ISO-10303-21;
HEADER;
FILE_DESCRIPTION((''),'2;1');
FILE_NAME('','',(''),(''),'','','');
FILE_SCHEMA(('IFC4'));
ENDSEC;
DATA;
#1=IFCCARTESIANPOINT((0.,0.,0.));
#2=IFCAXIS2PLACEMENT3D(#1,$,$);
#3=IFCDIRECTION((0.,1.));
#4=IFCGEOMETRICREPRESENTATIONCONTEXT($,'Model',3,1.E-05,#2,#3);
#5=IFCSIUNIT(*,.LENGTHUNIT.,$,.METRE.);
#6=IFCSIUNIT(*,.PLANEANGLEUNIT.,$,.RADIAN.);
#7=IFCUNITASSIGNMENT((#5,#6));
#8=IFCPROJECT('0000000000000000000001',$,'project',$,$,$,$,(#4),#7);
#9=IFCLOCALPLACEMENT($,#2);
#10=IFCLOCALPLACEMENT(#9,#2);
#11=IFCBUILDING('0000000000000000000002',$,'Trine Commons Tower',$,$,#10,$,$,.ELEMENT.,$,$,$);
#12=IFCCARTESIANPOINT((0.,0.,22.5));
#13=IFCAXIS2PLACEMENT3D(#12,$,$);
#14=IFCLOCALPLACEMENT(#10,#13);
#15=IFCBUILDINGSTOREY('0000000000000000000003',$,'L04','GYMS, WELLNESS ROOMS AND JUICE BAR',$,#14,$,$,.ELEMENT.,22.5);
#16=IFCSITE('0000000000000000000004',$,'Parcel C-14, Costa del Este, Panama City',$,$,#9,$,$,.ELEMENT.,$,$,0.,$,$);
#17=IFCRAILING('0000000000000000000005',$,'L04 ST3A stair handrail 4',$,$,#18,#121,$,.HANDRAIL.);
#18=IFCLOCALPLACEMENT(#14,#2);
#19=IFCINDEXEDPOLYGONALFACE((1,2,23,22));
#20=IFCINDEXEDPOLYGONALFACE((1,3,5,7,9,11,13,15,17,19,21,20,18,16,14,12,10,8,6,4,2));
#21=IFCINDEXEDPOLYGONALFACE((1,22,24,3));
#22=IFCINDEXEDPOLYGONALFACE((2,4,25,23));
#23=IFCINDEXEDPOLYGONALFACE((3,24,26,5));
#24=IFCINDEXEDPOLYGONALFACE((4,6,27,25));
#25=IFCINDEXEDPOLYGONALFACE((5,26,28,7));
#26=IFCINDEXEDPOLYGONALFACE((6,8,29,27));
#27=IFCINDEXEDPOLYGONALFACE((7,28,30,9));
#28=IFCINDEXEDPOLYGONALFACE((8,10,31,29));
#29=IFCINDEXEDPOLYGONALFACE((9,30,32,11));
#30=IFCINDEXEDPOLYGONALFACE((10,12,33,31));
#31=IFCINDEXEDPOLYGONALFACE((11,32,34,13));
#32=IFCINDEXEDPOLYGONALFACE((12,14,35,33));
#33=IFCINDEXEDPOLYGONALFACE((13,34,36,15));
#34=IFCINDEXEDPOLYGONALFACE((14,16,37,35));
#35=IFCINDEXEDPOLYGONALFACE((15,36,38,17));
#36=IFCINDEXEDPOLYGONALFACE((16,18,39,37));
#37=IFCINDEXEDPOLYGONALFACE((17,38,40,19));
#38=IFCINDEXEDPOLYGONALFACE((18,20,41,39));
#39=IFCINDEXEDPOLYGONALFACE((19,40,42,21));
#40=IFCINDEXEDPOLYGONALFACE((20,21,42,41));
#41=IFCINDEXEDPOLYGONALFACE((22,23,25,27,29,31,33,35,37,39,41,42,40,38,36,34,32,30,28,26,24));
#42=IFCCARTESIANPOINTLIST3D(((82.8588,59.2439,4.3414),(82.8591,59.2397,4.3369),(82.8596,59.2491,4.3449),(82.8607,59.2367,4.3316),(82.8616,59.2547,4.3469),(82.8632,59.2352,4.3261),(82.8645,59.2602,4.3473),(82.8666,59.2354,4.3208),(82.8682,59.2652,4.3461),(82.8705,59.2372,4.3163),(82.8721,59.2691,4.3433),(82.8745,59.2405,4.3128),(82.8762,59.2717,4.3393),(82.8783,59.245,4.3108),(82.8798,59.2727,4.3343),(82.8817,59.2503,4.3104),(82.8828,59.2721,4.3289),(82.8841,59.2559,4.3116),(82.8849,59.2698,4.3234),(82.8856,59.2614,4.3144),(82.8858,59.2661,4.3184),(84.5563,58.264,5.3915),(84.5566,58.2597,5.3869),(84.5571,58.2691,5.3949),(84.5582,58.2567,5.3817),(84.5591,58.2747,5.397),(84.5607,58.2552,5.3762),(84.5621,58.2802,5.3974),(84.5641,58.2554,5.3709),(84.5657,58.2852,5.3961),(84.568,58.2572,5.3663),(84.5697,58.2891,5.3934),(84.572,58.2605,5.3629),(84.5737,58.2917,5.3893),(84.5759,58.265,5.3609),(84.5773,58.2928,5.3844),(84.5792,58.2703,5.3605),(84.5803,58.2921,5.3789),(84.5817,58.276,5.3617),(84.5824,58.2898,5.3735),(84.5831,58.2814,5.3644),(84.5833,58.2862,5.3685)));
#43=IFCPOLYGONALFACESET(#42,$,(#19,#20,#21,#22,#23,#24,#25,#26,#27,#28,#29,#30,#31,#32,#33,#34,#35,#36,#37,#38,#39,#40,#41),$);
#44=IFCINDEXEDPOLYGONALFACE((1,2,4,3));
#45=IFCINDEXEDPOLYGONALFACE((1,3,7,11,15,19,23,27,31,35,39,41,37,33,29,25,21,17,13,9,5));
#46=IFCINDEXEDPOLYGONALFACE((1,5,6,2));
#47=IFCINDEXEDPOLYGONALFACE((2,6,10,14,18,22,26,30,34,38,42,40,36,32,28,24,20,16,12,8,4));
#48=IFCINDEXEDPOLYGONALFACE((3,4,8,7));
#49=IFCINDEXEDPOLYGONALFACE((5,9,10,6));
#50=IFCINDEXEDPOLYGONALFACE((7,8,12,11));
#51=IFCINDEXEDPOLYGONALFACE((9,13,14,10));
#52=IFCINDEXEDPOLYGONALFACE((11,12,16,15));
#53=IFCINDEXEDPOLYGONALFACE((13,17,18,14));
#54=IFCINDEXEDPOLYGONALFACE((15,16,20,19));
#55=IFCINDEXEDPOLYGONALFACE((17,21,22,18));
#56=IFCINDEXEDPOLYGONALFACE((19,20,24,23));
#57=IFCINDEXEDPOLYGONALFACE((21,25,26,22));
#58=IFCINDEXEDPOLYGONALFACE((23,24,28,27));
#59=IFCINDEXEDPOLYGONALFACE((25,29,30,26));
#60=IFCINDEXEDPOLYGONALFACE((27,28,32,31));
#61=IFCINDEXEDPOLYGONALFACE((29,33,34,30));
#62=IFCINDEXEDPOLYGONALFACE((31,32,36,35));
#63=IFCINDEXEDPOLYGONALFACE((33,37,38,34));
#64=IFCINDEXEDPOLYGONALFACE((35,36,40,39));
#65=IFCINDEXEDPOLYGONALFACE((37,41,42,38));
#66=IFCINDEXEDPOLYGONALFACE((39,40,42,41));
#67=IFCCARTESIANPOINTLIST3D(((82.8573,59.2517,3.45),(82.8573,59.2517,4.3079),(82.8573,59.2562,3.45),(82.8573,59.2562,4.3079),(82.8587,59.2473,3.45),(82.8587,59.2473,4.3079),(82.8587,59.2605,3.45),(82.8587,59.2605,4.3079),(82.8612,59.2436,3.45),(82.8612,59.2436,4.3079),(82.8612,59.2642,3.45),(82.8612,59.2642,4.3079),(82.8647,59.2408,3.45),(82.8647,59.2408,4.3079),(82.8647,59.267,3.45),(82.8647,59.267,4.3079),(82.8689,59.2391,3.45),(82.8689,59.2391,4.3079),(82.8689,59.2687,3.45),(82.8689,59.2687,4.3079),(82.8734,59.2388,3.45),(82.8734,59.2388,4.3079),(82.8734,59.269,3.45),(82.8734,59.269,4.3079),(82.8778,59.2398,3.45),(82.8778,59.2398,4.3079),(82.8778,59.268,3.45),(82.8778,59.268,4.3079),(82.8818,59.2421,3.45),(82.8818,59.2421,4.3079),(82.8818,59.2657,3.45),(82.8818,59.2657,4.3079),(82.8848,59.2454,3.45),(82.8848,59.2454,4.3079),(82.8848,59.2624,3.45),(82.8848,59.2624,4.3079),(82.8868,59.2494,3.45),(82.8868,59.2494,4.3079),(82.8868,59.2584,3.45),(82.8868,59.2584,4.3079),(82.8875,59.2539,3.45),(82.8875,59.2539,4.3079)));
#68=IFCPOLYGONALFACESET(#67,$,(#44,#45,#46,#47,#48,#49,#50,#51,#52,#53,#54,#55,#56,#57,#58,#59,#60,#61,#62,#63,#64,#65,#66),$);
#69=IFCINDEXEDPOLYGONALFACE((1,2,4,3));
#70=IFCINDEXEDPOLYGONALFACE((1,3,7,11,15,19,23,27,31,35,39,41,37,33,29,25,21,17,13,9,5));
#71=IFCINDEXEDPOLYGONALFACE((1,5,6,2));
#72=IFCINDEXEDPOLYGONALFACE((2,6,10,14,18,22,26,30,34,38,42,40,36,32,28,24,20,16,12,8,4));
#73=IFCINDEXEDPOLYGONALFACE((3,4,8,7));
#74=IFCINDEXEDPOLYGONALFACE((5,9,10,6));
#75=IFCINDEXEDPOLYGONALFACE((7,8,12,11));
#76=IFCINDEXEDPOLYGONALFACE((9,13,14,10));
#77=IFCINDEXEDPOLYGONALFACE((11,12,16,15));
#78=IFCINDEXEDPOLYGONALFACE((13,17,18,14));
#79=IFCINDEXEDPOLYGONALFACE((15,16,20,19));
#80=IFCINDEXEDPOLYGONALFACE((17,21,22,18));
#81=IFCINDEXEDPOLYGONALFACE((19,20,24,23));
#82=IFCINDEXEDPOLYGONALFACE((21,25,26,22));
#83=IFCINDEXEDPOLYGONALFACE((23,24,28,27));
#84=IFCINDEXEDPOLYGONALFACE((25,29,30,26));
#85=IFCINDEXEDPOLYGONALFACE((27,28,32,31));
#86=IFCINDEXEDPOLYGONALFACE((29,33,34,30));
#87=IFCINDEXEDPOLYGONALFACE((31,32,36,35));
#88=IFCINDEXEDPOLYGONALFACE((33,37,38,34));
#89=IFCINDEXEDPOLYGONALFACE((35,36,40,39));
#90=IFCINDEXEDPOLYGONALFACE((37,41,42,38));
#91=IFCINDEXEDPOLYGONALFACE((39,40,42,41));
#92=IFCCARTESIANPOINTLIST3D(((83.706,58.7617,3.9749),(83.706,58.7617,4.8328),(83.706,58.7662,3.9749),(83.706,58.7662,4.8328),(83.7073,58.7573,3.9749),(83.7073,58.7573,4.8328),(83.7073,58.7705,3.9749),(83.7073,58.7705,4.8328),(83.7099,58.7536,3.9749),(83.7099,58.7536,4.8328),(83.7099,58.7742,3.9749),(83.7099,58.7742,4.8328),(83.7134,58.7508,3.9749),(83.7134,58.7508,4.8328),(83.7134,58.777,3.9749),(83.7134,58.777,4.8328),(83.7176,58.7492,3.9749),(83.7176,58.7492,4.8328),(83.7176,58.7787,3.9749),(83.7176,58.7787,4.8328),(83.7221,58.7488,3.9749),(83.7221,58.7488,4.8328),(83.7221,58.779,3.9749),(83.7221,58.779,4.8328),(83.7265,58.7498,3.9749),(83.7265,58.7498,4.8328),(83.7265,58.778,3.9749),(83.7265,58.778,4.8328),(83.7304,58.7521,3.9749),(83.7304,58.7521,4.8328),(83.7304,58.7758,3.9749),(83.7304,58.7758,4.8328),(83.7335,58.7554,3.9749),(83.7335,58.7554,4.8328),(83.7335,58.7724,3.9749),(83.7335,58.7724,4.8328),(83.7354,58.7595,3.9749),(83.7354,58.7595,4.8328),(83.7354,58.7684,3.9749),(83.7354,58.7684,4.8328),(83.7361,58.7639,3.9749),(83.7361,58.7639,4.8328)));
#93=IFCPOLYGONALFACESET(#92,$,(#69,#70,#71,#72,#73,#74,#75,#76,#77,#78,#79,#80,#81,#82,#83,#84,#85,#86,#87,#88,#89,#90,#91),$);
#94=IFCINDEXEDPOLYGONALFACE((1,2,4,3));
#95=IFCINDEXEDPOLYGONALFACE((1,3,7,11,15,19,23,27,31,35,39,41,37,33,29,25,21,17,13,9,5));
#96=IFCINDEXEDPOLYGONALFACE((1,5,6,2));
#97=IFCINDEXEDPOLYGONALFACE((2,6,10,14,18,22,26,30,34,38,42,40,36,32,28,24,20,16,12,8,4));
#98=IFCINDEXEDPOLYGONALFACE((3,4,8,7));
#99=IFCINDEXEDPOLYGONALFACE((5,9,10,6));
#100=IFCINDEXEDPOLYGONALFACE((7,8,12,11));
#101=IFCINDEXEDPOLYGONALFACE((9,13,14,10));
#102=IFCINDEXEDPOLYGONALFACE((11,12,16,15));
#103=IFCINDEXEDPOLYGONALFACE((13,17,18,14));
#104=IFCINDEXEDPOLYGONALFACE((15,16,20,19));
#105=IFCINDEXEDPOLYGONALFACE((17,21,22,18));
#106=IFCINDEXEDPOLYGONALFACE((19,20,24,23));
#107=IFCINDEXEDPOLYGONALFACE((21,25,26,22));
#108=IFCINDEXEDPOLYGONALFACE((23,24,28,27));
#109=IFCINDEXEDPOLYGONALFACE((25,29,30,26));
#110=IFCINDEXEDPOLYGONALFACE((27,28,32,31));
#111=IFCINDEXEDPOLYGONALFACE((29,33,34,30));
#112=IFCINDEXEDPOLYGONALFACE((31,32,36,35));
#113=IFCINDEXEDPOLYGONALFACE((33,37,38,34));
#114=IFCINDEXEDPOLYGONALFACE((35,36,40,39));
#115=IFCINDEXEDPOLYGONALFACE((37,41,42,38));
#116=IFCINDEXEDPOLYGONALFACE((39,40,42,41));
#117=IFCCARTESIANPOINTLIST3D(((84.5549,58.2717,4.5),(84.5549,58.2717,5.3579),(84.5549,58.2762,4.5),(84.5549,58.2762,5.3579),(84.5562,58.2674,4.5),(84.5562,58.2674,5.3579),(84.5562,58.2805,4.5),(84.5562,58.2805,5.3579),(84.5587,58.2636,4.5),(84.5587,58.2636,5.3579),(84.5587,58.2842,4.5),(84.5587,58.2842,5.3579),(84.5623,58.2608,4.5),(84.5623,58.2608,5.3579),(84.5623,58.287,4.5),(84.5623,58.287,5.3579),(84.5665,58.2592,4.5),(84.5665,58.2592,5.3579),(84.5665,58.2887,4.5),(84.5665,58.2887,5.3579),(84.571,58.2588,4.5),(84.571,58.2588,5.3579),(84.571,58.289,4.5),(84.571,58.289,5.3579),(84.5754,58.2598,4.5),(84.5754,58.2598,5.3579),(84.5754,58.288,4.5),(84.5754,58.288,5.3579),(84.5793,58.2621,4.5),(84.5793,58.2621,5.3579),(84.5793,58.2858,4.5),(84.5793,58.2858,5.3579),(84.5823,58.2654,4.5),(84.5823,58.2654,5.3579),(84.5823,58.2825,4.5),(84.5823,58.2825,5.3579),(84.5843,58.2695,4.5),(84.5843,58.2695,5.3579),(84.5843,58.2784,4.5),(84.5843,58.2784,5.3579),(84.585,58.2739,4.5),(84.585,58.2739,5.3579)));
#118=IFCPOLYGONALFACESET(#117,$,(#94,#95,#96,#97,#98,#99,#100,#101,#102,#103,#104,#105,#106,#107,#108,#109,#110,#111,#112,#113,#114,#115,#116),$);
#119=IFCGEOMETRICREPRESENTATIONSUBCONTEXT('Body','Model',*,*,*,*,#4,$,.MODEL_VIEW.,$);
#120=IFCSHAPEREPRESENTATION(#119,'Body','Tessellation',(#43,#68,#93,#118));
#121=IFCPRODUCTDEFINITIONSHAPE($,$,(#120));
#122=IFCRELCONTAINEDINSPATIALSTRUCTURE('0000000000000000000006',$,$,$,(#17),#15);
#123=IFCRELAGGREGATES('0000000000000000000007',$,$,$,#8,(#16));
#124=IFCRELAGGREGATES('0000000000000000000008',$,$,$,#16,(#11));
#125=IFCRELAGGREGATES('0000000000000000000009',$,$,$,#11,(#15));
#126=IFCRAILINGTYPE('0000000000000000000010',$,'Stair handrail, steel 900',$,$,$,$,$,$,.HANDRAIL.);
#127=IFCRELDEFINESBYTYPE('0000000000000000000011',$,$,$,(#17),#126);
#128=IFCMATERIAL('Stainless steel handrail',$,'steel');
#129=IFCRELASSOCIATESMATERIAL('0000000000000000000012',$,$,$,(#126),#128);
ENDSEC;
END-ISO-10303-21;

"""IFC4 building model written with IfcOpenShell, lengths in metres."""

from ifc_helpers import new_model, si_unit, direction, frame, origin, origin_2d, place, context, subcontext, project, spatial, circle, extrude, material, type_object, element, save


model = new_model("IFC4")

# Units and contexts
model_context = context("Model", 3, precision=1e-05, world=origin(), true_north=direction((0.0, 1.0)))
body_context = subcontext(model_context, "Body", "Model", "MODEL_VIEW")
ifc_project = project(units=[si_unit("LENGTHUNIT", "METRE"), si_unit("PLANEANGLEUNIT", "RADIAN")], contexts=[model_context])

# Site, building, storey
site_placement = place(None, origin())
site = spatial("IfcSite", under=ifc_project, at=site_placement, Name="Parcel C-14, Costa del Este, Panama City", CompositionType="ELEMENT", RefElevation=0.0)
building_placement = place(site_placement, origin())
building = spatial("IfcBuilding", under=site, at=building_placement, Name="Trine Commons Tower", CompositionType="ELEMENT")
storey_placement = place(building_placement, frame((0.0, 0.0, 22.5)))
storey = spatial("IfcBuildingStorey", under=building, at=storey_placement, Name="L04", Description="GYMS, WELLNESS ROOMS AND JUICE BAR", CompositionType="ELEMENT", Elevation=22.5)

# Railing
ifc_material_1 = material(Name="Stainless steel handrail", Category="steel")
railing_type_1 = type_object("IfcRailingType", Name="Stair handrail, steel 900", PredefinedType="HANDRAIL", material=ifc_material_1)
railing_1_placement = place(storey_placement, frame((82.8723, 59.2539, 3.45)))
element("IfcRailing", 1, at=railing_1_placement, inside=storey, type_object=railing_type_1, Name="L04 ST3A stair handrail 4", PredefinedType="HANDRAIL", context=body_context, shape_type="SweptSolid", body=[
    extrude(circle(Radius=0.021, at=origin_2d()), frame((0.0, 0.0, 0.8789), z_axis=(0.763398, -0.440713, 0.472224), x_axis=(0.49997, 0.866042, 0.0)), (0.0, 0.0, 1.0), 2.2236),
    extrude(circle(Radius=0.0151, at=origin_2d()), origin(), (0.0, 0.0, 1.0), 0.8579),
    extrude(circle(Radius=0.0151, at=origin_2d()), frame((0.8486, -0.49, 0.5249)), (0.0, 0.0, 1.0), 0.8579),
    extrude(circle(Radius=0.0151, at=origin_2d()), frame((1.6975, -0.98, 1.05)), (0.0, 0.0, 1.0), 0.8579),
])

save(model, "model.ifc")
